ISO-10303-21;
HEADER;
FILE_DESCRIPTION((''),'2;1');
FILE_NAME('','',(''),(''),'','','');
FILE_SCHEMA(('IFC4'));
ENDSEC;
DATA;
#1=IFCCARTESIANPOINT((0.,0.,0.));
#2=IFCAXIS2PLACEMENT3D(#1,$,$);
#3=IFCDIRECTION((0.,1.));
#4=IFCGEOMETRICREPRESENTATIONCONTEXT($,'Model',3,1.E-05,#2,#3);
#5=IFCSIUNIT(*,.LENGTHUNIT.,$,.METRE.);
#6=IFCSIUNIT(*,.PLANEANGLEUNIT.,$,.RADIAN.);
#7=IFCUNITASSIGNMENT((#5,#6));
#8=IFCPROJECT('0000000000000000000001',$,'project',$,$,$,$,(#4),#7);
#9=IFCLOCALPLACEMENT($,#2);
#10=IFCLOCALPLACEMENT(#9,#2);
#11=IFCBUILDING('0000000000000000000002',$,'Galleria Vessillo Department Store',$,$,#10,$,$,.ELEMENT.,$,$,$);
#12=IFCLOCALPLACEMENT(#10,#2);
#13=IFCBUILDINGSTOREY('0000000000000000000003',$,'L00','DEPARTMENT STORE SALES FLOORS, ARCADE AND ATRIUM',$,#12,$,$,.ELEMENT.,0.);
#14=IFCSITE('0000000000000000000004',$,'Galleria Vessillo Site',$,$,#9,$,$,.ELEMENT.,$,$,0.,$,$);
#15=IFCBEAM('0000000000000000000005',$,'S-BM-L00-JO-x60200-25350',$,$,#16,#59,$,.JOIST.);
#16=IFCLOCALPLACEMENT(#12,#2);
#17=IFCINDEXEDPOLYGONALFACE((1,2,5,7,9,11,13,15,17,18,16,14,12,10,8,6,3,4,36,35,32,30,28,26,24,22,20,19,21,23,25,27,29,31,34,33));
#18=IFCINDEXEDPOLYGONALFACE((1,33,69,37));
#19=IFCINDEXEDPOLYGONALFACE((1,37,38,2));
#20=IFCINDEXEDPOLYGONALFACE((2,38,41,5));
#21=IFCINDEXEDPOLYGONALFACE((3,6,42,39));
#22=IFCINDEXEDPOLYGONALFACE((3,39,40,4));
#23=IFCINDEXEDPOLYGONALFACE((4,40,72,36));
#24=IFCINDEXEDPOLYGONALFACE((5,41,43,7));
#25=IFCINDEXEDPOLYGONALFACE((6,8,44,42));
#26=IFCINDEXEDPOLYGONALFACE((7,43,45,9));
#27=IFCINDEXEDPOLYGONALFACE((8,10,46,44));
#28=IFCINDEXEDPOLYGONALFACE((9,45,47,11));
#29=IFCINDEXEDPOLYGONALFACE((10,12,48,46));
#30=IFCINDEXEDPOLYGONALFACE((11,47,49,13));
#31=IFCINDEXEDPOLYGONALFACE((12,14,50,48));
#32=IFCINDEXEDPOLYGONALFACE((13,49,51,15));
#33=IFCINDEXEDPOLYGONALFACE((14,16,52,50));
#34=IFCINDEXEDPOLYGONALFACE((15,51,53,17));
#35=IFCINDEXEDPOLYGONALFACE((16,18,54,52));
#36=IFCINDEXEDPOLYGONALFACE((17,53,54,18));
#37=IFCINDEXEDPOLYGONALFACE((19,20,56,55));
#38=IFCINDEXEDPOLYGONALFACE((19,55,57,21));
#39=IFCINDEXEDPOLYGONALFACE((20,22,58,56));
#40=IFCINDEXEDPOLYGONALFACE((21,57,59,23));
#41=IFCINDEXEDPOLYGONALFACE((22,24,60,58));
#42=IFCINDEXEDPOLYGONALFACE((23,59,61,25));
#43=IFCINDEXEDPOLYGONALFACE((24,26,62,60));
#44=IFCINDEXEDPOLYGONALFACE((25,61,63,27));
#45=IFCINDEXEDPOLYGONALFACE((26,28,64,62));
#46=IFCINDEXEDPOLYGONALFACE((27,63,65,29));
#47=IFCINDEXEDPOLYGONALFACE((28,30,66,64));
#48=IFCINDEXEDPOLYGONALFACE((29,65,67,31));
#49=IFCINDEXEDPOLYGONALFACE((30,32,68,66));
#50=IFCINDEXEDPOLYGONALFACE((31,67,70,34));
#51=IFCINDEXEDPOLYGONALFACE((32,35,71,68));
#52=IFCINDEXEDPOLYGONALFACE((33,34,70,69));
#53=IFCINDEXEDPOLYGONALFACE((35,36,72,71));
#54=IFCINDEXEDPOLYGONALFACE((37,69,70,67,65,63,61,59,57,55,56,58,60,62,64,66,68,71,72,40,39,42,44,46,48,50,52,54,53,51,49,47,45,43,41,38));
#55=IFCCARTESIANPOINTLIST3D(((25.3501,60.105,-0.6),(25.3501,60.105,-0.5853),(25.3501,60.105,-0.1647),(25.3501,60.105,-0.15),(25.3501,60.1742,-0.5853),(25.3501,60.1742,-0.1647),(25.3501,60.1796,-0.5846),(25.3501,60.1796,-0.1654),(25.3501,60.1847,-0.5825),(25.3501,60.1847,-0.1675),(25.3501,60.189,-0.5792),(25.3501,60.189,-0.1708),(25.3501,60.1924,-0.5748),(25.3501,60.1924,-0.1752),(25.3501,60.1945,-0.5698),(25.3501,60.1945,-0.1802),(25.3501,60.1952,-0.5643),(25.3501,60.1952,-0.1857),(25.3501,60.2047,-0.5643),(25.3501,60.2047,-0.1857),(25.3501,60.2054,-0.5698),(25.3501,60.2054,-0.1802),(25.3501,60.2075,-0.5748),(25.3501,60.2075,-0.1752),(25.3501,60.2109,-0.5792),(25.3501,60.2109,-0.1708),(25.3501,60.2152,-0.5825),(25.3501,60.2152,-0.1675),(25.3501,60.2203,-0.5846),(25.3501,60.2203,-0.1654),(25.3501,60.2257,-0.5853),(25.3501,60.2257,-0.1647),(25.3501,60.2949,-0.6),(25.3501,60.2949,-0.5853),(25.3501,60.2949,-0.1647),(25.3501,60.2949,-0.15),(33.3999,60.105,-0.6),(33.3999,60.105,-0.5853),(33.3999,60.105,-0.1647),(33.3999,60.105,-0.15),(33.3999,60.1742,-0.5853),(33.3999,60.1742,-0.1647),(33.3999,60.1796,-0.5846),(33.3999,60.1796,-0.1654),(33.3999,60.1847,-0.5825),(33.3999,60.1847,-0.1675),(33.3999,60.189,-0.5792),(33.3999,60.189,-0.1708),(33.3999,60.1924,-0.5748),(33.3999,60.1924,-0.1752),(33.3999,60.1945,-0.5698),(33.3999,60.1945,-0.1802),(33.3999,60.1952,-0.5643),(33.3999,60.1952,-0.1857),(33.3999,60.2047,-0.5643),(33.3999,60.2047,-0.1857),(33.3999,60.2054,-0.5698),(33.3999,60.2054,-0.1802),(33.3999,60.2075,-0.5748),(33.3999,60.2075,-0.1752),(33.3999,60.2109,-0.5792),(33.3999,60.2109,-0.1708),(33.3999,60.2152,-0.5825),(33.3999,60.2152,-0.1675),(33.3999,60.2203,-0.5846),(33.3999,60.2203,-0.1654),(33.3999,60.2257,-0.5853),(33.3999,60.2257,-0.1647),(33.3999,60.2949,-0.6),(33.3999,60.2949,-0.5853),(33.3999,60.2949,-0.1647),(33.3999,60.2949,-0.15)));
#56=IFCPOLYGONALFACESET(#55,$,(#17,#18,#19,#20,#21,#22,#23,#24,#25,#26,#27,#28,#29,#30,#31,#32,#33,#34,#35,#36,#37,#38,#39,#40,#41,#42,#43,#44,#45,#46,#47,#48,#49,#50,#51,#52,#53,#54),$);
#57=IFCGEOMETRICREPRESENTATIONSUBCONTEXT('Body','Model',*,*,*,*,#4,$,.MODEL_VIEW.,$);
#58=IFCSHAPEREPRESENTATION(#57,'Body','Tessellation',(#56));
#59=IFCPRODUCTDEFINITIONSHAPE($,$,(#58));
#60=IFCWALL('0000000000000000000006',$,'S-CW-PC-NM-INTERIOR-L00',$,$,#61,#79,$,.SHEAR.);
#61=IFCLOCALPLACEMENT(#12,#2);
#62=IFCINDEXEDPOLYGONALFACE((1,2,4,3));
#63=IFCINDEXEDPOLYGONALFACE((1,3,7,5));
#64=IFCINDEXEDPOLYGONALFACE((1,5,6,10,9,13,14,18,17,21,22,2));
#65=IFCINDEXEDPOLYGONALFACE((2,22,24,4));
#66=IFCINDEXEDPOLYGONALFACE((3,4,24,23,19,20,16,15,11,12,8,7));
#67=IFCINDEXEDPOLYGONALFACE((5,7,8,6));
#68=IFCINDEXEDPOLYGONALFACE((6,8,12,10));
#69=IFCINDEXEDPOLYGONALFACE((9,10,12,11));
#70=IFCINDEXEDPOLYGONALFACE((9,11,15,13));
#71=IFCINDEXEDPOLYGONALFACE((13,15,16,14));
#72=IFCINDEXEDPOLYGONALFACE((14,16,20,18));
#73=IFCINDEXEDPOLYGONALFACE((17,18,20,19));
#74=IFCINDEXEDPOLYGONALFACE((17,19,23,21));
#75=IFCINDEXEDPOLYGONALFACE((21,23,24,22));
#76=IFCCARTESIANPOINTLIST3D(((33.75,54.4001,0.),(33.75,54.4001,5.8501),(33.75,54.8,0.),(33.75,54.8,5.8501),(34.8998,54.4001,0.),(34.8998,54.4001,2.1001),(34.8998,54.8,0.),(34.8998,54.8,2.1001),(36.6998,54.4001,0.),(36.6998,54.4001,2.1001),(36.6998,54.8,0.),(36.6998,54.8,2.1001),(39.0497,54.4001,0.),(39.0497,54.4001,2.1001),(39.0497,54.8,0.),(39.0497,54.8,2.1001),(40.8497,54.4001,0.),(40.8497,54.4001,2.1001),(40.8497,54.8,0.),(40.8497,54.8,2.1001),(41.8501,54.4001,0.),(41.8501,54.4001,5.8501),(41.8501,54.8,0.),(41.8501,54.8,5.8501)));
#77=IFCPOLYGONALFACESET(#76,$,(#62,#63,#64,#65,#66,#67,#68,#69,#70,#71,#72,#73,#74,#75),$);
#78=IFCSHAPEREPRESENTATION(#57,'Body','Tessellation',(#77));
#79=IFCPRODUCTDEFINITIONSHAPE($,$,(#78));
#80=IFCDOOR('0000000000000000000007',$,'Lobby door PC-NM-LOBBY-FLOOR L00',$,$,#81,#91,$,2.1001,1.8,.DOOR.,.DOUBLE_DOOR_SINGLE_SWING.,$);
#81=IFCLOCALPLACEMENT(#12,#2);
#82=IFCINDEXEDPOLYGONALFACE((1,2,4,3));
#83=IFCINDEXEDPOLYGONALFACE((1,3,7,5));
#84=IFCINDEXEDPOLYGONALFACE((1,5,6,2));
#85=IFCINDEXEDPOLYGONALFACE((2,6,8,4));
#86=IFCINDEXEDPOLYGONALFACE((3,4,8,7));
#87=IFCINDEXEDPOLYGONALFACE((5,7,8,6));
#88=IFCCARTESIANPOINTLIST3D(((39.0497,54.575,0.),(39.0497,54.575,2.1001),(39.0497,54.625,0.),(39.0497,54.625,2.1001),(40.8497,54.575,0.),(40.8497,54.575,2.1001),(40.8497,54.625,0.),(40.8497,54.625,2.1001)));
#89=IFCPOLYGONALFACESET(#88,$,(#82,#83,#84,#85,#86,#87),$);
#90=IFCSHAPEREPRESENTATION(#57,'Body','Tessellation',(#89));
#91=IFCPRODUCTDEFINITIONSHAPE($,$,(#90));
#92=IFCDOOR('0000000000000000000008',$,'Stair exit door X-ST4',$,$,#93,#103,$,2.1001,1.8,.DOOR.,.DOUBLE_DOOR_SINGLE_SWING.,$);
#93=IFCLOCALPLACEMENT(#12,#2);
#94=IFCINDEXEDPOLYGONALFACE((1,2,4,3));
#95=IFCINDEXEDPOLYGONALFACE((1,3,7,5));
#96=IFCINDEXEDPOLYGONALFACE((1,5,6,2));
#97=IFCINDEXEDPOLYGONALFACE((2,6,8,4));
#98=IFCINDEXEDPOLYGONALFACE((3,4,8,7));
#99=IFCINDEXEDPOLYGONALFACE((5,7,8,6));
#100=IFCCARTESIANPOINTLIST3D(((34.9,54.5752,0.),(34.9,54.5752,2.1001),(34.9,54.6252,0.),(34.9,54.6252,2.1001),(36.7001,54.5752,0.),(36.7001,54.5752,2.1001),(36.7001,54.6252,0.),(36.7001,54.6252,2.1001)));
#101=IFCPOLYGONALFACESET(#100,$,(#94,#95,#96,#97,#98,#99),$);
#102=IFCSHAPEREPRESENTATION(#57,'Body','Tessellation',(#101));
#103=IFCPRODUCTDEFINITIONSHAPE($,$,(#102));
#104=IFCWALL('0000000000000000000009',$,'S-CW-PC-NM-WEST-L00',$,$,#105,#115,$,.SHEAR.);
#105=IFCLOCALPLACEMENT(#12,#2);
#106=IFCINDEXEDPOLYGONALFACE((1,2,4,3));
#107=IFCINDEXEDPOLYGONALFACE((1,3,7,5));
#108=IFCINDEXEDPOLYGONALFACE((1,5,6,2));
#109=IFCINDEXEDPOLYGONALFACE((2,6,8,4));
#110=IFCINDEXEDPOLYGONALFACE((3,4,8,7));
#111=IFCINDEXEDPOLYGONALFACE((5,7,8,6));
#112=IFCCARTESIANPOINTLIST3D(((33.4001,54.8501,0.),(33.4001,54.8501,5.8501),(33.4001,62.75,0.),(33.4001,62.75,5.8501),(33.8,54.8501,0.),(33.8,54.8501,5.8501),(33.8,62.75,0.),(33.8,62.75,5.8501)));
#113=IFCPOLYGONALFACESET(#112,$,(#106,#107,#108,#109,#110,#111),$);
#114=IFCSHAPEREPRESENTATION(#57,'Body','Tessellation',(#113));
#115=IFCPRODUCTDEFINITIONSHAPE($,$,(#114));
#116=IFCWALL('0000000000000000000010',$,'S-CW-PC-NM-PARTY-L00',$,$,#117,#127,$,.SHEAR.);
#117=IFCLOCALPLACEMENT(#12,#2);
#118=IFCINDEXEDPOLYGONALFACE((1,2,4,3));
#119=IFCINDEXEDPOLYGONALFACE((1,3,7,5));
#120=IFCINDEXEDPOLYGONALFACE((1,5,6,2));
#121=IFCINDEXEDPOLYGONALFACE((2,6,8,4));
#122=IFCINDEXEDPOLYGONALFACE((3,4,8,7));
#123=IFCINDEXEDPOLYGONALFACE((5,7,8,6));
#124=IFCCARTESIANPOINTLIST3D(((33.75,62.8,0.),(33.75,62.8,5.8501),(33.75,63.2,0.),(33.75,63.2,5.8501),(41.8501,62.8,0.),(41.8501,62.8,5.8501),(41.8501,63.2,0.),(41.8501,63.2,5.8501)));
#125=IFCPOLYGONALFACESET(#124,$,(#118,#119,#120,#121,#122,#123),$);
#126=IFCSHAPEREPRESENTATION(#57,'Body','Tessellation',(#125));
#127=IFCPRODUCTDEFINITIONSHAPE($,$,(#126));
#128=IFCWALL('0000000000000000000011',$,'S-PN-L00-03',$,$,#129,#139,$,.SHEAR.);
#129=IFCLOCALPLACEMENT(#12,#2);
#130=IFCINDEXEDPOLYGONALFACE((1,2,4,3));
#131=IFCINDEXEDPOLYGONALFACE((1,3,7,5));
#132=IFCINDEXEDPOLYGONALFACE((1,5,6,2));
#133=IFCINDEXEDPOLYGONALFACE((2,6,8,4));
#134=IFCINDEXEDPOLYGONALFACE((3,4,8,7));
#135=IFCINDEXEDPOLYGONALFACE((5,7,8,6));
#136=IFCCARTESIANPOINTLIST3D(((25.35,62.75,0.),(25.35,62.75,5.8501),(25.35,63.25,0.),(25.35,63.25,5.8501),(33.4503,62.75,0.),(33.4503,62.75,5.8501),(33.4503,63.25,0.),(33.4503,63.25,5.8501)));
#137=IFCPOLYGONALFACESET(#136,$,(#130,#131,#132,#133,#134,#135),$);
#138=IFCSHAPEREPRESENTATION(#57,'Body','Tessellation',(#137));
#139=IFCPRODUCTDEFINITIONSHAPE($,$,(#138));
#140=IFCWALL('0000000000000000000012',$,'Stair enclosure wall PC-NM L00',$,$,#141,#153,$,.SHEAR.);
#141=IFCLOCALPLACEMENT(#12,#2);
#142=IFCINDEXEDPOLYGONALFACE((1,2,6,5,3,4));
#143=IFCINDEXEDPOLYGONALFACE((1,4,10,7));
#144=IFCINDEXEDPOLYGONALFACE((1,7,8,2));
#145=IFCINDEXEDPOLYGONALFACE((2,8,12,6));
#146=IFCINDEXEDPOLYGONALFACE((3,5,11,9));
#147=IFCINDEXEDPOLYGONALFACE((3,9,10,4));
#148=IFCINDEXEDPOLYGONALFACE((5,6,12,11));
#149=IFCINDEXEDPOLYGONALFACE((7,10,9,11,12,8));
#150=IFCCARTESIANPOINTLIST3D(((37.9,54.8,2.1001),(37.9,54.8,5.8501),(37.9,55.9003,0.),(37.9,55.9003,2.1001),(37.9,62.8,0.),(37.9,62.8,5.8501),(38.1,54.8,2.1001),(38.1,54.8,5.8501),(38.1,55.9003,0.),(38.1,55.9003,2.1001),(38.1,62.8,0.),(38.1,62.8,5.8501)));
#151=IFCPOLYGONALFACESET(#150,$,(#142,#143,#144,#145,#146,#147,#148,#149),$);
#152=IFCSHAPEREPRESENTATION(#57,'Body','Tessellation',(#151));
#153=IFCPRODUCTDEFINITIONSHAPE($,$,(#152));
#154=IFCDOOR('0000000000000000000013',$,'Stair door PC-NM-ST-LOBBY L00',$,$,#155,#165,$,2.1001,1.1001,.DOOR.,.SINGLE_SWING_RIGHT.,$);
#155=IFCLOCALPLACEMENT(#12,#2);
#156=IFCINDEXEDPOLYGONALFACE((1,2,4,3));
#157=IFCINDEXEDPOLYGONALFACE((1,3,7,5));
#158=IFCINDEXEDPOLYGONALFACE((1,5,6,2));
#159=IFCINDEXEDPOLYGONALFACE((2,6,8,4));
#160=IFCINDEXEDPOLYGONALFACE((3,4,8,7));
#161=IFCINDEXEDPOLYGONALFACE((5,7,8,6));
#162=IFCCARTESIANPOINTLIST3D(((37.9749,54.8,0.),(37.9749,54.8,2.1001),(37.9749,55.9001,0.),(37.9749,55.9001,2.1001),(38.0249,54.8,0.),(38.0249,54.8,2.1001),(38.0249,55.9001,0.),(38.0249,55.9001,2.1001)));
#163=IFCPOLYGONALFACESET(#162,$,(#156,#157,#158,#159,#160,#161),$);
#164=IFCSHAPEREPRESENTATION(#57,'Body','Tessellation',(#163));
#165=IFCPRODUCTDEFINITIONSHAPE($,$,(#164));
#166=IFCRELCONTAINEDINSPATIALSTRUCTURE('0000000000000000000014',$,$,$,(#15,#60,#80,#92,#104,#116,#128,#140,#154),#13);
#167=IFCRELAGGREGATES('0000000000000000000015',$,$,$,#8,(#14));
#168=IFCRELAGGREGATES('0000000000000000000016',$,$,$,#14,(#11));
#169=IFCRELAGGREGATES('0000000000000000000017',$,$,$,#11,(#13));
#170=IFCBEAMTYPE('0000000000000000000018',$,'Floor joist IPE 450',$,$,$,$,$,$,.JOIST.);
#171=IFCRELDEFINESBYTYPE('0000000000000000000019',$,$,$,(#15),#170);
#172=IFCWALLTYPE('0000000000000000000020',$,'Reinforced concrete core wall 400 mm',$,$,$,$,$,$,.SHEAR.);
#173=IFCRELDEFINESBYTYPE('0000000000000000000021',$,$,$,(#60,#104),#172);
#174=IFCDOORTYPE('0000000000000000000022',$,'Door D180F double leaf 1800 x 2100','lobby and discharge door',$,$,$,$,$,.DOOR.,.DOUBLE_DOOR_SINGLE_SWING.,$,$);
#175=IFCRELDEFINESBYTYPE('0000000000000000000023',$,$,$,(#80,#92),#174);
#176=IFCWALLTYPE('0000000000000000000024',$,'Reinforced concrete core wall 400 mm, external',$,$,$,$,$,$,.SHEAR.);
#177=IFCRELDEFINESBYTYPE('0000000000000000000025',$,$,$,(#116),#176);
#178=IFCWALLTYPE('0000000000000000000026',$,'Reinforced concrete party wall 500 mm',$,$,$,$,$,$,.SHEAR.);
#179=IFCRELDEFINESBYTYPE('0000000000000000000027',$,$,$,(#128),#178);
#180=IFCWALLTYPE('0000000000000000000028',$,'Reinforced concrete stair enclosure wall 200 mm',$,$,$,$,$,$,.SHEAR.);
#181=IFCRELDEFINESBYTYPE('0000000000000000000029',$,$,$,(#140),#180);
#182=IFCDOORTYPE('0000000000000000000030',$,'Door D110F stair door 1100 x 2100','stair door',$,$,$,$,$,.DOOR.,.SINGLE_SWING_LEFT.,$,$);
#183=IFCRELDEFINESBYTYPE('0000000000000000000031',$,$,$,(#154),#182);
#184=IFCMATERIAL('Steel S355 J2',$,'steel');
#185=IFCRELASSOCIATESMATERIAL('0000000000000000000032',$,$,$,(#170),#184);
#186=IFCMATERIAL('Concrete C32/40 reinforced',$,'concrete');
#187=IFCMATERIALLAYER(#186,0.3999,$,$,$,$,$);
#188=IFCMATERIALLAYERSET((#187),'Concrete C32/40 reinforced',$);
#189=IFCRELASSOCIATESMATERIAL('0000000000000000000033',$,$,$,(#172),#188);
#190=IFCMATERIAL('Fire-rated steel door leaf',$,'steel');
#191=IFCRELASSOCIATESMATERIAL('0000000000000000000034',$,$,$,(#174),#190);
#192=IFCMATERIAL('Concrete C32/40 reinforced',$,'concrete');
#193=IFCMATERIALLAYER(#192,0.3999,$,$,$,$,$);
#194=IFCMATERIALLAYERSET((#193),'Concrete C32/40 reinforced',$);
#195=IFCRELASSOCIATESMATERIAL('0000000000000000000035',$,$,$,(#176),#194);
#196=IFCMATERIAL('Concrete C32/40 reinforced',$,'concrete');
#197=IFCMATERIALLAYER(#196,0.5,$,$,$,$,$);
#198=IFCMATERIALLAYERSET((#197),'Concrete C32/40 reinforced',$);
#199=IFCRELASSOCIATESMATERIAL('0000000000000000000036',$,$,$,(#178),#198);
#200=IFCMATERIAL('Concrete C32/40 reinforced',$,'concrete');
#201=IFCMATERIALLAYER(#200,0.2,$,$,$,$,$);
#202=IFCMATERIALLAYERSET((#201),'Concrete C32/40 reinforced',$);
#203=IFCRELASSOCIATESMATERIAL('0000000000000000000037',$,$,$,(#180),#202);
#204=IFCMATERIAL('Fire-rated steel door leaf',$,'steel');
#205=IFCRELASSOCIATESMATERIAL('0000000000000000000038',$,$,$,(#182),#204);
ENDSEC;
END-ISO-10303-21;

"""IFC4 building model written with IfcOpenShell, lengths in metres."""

from ifc_helpers import new_model, si_unit, direction, frame, frame_2d, origin, origin_2d, place, context, subcontext, project, spatial, rectangle, i_section, extrude, material, layer, layer_set, material_profile, profile_set, type_object, element, fill, save


model = new_model("IFC4")

# Units and contexts
model_context = context("Model", 3, precision=1e-05, world=origin(), true_north=direction((0.0, 1.0)))
body_context = subcontext(model_context, "Body", "Model", "MODEL_VIEW")
ifc_project = project(units=[si_unit("LENGTHUNIT", "METRE"), si_unit("PLANEANGLEUNIT", "RADIAN")], contexts=[model_context])

# Site, building, storey
site_placement = place(None, origin())
site = spatial("IfcSite", under=ifc_project, at=site_placement, Name="Galleria Vessillo Site", CompositionType="ELEMENT", RefElevation=0.0)
building_placement = place(site_placement, origin())
building = spatial("IfcBuilding", under=site, at=building_placement, Name="Galleria Vessillo Department Store", CompositionType="ELEMENT")
storey_placement = place(building_placement, origin())
storey = spatial("IfcBuildingStorey", under=building, at=storey_placement, Name="L00", Description="DEPARTMENT STORE SALES FLOORS, ARCADE AND ATRIUM", CompositionType="ELEMENT", Elevation=0.0)

# Beam
ifc_material_1 = material(Name="Steel S355 J2", Category="steel")
ifc_material_profile_1 = material_profile(ifc_material_1, i_section(OverallWidth=0.1899, OverallDepth=0.45, WebThickness=0.0095, FlangeThickness=0.0146, FilletRadius=0.021, at=origin_2d()), Name="IPE 450")
ifc_profile_set_1 = profile_set([ifc_material_profile_1], Name="Steel S355 J2")
beam_type_1 = type_object("IfcBeamType", Name="Floor joist IPE 450", PredefinedType="JOIST", material=ifc_profile_set_1)
for number, where, z_axis, x_axis, name in (
    (1, (25.3501, 60.2, -0.375), (1.0, 0.0, 0.0), (0.0, 1.0, 0.0), "S-BM-L00-JO-x60200-25350"),
):
    element("IfcBeam", number, at=place(storey_placement, frame(where, z_axis=z_axis, x_axis=x_axis)), inside=storey, type_object=beam_type_1, Name=name, PredefinedType="JOIST", context=body_context, shape_type="SweptSolid", body=[
        extrude(i_section(OverallWidth=0.1899, OverallDepth=0.45, WebThickness=0.0095, FlangeThickness=0.0146, FilletRadius=0.021, at=origin_2d()), origin(), (0.0, 0.0, 1.0), 8.0498),
    ])

# Wall, openings, doors
ifc_material_2 = material(Name="Concrete C32/40 reinforced", Category="concrete")
ifc_layer_1 = layer(ifc_material_2, 0.3999)
ifc_layer_set_1 = layer_set([ifc_layer_1], Name="Concrete C32/40 reinforced")
wall_type_1 = type_object("IfcWallType", Name="Reinforced concrete core wall 400 mm", PredefinedType="SHEAR", material=ifc_layer_set_1)
wall_1_placement = place(storey_placement, frame((33.75, 54.6001, 0.0), z_axis=(0.0, 0.0, 1.0), x_axis=(1.0, 0.0, 0.0)))
wall_1 = element("IfcWall", 2, at=wall_1_placement, inside=storey, type_object=wall_type_1, Name="S-CW-PC-NM-INTERIOR-L00", PredefinedType="SHEAR", context=body_context, shape_type="SweptSolid", body=[
    extrude(rectangle(XDim=8.1001, YDim=0.3999, at=frame_2d((4.05, 0.0))), origin(), (0.0, 0.0, 1.0), 5.8501),
])
opening_1_placement = place(wall_1_placement, frame((5.2998, 0.0, 0.0)))
opening_1 = element("IfcOpeningElement", 3, at=opening_1_placement, cuts=wall_1, PredefinedType="OPENING", context=body_context, shape_type="SweptSolid", body=[
    extrude(rectangle(XDim=1.8, YDim=2.1001, at=frame_2d((0.8999, 1.05))), frame((0.0, 0.21, 0.0), z_axis=(0.0, -1.0, 0.0), x_axis=(1.0, 0.0, 0.0)), (0.0, 0.0, 1.0), 0.4199),
])
opening_2_placement = place(wall_1_placement, frame((1.1499, 0.0, 0.0)))
opening_2 = element("IfcOpeningElement", 4, at=opening_2_placement, cuts=wall_1, PredefinedType="OPENING", context=body_context, shape_type="SweptSolid", body=[
    extrude(rectangle(XDim=1.8, YDim=2.1001, at=frame_2d((0.8999, 1.05))), frame((0.0, 0.21, 0.0), z_axis=(0.0, -1.0, 0.0), x_axis=(1.0, 0.0, 0.0)), (0.0, 0.0, 1.0), 0.4199),
])
ifc_material_3 = material(Name="Fire-rated steel door leaf", Category="steel")
door_type_1 = type_object("IfcDoorType", Name="Door D180F double leaf 1800 x 2100", Description="lobby and discharge door", OperationType="DOUBLE_DOOR_SINGLE_SWING", PredefinedType="DOOR", material=ifc_material_3)
door_1_placement = place(opening_1_placement, origin())
door_1 = element("IfcDoor", 5, at=door_1_placement, inside=storey, type_object=door_type_1, Name="Lobby door PC-NM-LOBBY-FLOOR L00", OperationType="DOUBLE_DOOR_SINGLE_SWING", OverallHeight=2.1001, OverallWidth=1.8, PredefinedType="DOOR", context=body_context, shape_type="SweptSolid", body=[
    extrude(rectangle(XDim=1.8, YDim=2.1001, at=frame_2d((0.8999, 1.05))), frame((0.0, 0.0249, 0.0), z_axis=(0.0, -1.0, 0.0), x_axis=(1.0, 0.0, 0.0)), (0.0, 0.0, 1.0), 0.05),
])
fill(opening_1, door_1)
door_2_placement = place(opening_2_placement, frame((1.8, 0.0, 0.0), z_axis=(0.0, 0.0, 1.0), x_axis=(-1.0, 0.0, 0.0)))
door_2 = element("IfcDoor", 6, at=door_2_placement, inside=storey, type_object=door_type_1, Name="Stair exit door X-ST4", OperationType="DOUBLE_DOOR_SINGLE_SWING", OverallHeight=2.1001, OverallWidth=1.8, PredefinedType="DOOR", context=body_context, shape_type="SweptSolid", body=[
    extrude(rectangle(XDim=1.8, YDim=2.1001, at=frame_2d((0.8999, 1.05))), frame((0.0, 0.0249, 0.0), z_axis=(0.0, -1.0, 0.0), x_axis=(1.0, 0.0, 0.0)), (0.0, 0.0, 1.0), 0.05),
])
fill(opening_2, door_2)

# Walls
wall_2_placement = place(storey_placement, frame((33.6001, 54.8501, 0.0), z_axis=(0.0, 0.0, 1.0), x_axis=(0.0, 1.0, 0.0)))
element("IfcWall", 7, at=wall_2_placement, inside=storey, type_object=wall_type_1, Name="S-CW-PC-NM-WEST-L00", PredefinedType="SHEAR", context=body_context, shape_type="SweptSolid", body=[
    extrude(rectangle(XDim=7.8999, YDim=0.3999, at=frame_2d((3.95, 0.0))), origin(), (0.0, 0.0, 1.0), 5.8501),
])
ifc_material_4 = material(Name="Concrete C32/40 reinforced", Category="concrete")
ifc_layer_2 = layer(ifc_material_4, 0.3999)
ifc_layer_set_2 = layer_set([ifc_layer_2], Name="Concrete C32/40 reinforced")
wall_type_2 = type_object("IfcWallType", Name="Reinforced concrete core wall 400 mm, external", PredefinedType="SHEAR", material=ifc_layer_set_2)
wall_3_placement = place(storey_placement, frame((33.75, 63.0, 0.0), z_axis=(0.0, 0.0, 1.0), x_axis=(1.0, 0.0, 0.0)))
element("IfcWall", 8, at=wall_3_placement, inside=storey, type_object=wall_type_2, Name="S-CW-PC-NM-PARTY-L00", PredefinedType="SHEAR", context=body_context, shape_type="SweptSolid", body=[
    extrude(rectangle(XDim=8.1001, YDim=0.3999, at=frame_2d((4.05, 0.0))), origin(), (0.0, 0.0, 1.0), 5.8501),
])
ifc_material_5 = material(Name="Concrete C32/40 reinforced", Category="concrete")
ifc_layer_3 = layer(ifc_material_5, 0.5)
ifc_layer_set_3 = layer_set([ifc_layer_3], Name="Concrete C32/40 reinforced")
wall_type_3 = type_object("IfcWallType", Name="Reinforced concrete party wall 500 mm", PredefinedType="SHEAR", material=ifc_layer_set_3)
wall_4_placement = place(storey_placement, frame((25.3499, 63.0, 0.0), z_axis=(0.0, 0.0, 1.0), x_axis=(1.0, 0.0, 0.0)))
element("IfcWall", 9, at=wall_4_placement, inside=storey, type_object=wall_type_3, Name="S-PN-L00-03", PredefinedType="SHEAR", context=body_context, shape_type="SweptSolid", body=[
    extrude(rectangle(XDim=8.1003, YDim=0.5, at=frame_2d((4.0503, 0.0))), origin(), (0.0, 0.0, 1.0), 5.8501),
])

# Wall, opening, door
ifc_material_6 = material(Name="Concrete C32/40 reinforced", Category="concrete")
ifc_layer_4 = layer(ifc_material_6, 0.2)
ifc_layer_set_4 = layer_set([ifc_layer_4], Name="Concrete C32/40 reinforced")
wall_type_4 = type_object("IfcWallType", Name="Reinforced concrete stair enclosure wall 200 mm", PredefinedType="SHEAR", material=ifc_layer_set_4)
wall_5_placement = place(storey_placement, frame((38.0, 62.8, 0.0), z_axis=(0.0, 0.0, 1.0), x_axis=(0.0, -1.0, 0.0)))
wall_5 = element("IfcWall", 10, at=wall_5_placement, inside=storey, type_object=wall_type_4, Name="Stair enclosure wall PC-NM L00", PredefinedType="SHEAR", context=body_context, shape_type="SweptSolid", body=[
    extrude(rectangle(XDim=8.0, YDim=0.2, at=frame_2d((4.0, 0.0))), origin(), (0.0, 0.0, 1.0), 5.8501),
])
opening_3_placement = place(wall_5_placement, frame((6.8999, 0.0, 0.0)))
opening_3 = element("IfcOpeningElement", 11, at=opening_3_placement, cuts=wall_5, PredefinedType="OPENING", context=body_context, shape_type="SweptSolid", body=[
    extrude(rectangle(XDim=1.1101, YDim=2.1001, at=frame_2d((0.5549, 1.05))), frame((0.0, 0.1099, 0.0), z_axis=(0.0, -1.0, 0.0), x_axis=(1.0, 0.0, 0.0)), (0.0, 0.0, 1.0), 0.22),
])
ifc_material_7 = material(Name="Fire-rated steel door leaf", Category="steel")
door_type_2 = type_object("IfcDoorType", Name="Door D110F stair door 1100 x 2100", Description="stair door", OperationType="SINGLE_SWING_LEFT", PredefinedType="DOOR", material=ifc_material_7)
door_3_placement = place(opening_3_placement, origin())
door_3 = element("IfcDoor", 12, at=door_3_placement, inside=storey, type_object=door_type_2, Name="Stair door PC-NM-ST-LOBBY L00", OperationType="SINGLE_SWING_RIGHT", OverallHeight=2.1001, OverallWidth=1.1001, PredefinedType="DOOR", context=body_context, shape_type="SweptSolid", body=[
    extrude(rectangle(XDim=1.1001, YDim=2.1001, at=frame_2d((0.55, 1.05))), frame((0.0, 0.0249, 0.0), z_axis=(0.0, -1.0, 0.0), x_axis=(1.0, 0.0, 0.0)), (0.0, 0.0, 1.0), 0.05),
])
fill(opening_3, door_3)

save(model, "model.ifc")
